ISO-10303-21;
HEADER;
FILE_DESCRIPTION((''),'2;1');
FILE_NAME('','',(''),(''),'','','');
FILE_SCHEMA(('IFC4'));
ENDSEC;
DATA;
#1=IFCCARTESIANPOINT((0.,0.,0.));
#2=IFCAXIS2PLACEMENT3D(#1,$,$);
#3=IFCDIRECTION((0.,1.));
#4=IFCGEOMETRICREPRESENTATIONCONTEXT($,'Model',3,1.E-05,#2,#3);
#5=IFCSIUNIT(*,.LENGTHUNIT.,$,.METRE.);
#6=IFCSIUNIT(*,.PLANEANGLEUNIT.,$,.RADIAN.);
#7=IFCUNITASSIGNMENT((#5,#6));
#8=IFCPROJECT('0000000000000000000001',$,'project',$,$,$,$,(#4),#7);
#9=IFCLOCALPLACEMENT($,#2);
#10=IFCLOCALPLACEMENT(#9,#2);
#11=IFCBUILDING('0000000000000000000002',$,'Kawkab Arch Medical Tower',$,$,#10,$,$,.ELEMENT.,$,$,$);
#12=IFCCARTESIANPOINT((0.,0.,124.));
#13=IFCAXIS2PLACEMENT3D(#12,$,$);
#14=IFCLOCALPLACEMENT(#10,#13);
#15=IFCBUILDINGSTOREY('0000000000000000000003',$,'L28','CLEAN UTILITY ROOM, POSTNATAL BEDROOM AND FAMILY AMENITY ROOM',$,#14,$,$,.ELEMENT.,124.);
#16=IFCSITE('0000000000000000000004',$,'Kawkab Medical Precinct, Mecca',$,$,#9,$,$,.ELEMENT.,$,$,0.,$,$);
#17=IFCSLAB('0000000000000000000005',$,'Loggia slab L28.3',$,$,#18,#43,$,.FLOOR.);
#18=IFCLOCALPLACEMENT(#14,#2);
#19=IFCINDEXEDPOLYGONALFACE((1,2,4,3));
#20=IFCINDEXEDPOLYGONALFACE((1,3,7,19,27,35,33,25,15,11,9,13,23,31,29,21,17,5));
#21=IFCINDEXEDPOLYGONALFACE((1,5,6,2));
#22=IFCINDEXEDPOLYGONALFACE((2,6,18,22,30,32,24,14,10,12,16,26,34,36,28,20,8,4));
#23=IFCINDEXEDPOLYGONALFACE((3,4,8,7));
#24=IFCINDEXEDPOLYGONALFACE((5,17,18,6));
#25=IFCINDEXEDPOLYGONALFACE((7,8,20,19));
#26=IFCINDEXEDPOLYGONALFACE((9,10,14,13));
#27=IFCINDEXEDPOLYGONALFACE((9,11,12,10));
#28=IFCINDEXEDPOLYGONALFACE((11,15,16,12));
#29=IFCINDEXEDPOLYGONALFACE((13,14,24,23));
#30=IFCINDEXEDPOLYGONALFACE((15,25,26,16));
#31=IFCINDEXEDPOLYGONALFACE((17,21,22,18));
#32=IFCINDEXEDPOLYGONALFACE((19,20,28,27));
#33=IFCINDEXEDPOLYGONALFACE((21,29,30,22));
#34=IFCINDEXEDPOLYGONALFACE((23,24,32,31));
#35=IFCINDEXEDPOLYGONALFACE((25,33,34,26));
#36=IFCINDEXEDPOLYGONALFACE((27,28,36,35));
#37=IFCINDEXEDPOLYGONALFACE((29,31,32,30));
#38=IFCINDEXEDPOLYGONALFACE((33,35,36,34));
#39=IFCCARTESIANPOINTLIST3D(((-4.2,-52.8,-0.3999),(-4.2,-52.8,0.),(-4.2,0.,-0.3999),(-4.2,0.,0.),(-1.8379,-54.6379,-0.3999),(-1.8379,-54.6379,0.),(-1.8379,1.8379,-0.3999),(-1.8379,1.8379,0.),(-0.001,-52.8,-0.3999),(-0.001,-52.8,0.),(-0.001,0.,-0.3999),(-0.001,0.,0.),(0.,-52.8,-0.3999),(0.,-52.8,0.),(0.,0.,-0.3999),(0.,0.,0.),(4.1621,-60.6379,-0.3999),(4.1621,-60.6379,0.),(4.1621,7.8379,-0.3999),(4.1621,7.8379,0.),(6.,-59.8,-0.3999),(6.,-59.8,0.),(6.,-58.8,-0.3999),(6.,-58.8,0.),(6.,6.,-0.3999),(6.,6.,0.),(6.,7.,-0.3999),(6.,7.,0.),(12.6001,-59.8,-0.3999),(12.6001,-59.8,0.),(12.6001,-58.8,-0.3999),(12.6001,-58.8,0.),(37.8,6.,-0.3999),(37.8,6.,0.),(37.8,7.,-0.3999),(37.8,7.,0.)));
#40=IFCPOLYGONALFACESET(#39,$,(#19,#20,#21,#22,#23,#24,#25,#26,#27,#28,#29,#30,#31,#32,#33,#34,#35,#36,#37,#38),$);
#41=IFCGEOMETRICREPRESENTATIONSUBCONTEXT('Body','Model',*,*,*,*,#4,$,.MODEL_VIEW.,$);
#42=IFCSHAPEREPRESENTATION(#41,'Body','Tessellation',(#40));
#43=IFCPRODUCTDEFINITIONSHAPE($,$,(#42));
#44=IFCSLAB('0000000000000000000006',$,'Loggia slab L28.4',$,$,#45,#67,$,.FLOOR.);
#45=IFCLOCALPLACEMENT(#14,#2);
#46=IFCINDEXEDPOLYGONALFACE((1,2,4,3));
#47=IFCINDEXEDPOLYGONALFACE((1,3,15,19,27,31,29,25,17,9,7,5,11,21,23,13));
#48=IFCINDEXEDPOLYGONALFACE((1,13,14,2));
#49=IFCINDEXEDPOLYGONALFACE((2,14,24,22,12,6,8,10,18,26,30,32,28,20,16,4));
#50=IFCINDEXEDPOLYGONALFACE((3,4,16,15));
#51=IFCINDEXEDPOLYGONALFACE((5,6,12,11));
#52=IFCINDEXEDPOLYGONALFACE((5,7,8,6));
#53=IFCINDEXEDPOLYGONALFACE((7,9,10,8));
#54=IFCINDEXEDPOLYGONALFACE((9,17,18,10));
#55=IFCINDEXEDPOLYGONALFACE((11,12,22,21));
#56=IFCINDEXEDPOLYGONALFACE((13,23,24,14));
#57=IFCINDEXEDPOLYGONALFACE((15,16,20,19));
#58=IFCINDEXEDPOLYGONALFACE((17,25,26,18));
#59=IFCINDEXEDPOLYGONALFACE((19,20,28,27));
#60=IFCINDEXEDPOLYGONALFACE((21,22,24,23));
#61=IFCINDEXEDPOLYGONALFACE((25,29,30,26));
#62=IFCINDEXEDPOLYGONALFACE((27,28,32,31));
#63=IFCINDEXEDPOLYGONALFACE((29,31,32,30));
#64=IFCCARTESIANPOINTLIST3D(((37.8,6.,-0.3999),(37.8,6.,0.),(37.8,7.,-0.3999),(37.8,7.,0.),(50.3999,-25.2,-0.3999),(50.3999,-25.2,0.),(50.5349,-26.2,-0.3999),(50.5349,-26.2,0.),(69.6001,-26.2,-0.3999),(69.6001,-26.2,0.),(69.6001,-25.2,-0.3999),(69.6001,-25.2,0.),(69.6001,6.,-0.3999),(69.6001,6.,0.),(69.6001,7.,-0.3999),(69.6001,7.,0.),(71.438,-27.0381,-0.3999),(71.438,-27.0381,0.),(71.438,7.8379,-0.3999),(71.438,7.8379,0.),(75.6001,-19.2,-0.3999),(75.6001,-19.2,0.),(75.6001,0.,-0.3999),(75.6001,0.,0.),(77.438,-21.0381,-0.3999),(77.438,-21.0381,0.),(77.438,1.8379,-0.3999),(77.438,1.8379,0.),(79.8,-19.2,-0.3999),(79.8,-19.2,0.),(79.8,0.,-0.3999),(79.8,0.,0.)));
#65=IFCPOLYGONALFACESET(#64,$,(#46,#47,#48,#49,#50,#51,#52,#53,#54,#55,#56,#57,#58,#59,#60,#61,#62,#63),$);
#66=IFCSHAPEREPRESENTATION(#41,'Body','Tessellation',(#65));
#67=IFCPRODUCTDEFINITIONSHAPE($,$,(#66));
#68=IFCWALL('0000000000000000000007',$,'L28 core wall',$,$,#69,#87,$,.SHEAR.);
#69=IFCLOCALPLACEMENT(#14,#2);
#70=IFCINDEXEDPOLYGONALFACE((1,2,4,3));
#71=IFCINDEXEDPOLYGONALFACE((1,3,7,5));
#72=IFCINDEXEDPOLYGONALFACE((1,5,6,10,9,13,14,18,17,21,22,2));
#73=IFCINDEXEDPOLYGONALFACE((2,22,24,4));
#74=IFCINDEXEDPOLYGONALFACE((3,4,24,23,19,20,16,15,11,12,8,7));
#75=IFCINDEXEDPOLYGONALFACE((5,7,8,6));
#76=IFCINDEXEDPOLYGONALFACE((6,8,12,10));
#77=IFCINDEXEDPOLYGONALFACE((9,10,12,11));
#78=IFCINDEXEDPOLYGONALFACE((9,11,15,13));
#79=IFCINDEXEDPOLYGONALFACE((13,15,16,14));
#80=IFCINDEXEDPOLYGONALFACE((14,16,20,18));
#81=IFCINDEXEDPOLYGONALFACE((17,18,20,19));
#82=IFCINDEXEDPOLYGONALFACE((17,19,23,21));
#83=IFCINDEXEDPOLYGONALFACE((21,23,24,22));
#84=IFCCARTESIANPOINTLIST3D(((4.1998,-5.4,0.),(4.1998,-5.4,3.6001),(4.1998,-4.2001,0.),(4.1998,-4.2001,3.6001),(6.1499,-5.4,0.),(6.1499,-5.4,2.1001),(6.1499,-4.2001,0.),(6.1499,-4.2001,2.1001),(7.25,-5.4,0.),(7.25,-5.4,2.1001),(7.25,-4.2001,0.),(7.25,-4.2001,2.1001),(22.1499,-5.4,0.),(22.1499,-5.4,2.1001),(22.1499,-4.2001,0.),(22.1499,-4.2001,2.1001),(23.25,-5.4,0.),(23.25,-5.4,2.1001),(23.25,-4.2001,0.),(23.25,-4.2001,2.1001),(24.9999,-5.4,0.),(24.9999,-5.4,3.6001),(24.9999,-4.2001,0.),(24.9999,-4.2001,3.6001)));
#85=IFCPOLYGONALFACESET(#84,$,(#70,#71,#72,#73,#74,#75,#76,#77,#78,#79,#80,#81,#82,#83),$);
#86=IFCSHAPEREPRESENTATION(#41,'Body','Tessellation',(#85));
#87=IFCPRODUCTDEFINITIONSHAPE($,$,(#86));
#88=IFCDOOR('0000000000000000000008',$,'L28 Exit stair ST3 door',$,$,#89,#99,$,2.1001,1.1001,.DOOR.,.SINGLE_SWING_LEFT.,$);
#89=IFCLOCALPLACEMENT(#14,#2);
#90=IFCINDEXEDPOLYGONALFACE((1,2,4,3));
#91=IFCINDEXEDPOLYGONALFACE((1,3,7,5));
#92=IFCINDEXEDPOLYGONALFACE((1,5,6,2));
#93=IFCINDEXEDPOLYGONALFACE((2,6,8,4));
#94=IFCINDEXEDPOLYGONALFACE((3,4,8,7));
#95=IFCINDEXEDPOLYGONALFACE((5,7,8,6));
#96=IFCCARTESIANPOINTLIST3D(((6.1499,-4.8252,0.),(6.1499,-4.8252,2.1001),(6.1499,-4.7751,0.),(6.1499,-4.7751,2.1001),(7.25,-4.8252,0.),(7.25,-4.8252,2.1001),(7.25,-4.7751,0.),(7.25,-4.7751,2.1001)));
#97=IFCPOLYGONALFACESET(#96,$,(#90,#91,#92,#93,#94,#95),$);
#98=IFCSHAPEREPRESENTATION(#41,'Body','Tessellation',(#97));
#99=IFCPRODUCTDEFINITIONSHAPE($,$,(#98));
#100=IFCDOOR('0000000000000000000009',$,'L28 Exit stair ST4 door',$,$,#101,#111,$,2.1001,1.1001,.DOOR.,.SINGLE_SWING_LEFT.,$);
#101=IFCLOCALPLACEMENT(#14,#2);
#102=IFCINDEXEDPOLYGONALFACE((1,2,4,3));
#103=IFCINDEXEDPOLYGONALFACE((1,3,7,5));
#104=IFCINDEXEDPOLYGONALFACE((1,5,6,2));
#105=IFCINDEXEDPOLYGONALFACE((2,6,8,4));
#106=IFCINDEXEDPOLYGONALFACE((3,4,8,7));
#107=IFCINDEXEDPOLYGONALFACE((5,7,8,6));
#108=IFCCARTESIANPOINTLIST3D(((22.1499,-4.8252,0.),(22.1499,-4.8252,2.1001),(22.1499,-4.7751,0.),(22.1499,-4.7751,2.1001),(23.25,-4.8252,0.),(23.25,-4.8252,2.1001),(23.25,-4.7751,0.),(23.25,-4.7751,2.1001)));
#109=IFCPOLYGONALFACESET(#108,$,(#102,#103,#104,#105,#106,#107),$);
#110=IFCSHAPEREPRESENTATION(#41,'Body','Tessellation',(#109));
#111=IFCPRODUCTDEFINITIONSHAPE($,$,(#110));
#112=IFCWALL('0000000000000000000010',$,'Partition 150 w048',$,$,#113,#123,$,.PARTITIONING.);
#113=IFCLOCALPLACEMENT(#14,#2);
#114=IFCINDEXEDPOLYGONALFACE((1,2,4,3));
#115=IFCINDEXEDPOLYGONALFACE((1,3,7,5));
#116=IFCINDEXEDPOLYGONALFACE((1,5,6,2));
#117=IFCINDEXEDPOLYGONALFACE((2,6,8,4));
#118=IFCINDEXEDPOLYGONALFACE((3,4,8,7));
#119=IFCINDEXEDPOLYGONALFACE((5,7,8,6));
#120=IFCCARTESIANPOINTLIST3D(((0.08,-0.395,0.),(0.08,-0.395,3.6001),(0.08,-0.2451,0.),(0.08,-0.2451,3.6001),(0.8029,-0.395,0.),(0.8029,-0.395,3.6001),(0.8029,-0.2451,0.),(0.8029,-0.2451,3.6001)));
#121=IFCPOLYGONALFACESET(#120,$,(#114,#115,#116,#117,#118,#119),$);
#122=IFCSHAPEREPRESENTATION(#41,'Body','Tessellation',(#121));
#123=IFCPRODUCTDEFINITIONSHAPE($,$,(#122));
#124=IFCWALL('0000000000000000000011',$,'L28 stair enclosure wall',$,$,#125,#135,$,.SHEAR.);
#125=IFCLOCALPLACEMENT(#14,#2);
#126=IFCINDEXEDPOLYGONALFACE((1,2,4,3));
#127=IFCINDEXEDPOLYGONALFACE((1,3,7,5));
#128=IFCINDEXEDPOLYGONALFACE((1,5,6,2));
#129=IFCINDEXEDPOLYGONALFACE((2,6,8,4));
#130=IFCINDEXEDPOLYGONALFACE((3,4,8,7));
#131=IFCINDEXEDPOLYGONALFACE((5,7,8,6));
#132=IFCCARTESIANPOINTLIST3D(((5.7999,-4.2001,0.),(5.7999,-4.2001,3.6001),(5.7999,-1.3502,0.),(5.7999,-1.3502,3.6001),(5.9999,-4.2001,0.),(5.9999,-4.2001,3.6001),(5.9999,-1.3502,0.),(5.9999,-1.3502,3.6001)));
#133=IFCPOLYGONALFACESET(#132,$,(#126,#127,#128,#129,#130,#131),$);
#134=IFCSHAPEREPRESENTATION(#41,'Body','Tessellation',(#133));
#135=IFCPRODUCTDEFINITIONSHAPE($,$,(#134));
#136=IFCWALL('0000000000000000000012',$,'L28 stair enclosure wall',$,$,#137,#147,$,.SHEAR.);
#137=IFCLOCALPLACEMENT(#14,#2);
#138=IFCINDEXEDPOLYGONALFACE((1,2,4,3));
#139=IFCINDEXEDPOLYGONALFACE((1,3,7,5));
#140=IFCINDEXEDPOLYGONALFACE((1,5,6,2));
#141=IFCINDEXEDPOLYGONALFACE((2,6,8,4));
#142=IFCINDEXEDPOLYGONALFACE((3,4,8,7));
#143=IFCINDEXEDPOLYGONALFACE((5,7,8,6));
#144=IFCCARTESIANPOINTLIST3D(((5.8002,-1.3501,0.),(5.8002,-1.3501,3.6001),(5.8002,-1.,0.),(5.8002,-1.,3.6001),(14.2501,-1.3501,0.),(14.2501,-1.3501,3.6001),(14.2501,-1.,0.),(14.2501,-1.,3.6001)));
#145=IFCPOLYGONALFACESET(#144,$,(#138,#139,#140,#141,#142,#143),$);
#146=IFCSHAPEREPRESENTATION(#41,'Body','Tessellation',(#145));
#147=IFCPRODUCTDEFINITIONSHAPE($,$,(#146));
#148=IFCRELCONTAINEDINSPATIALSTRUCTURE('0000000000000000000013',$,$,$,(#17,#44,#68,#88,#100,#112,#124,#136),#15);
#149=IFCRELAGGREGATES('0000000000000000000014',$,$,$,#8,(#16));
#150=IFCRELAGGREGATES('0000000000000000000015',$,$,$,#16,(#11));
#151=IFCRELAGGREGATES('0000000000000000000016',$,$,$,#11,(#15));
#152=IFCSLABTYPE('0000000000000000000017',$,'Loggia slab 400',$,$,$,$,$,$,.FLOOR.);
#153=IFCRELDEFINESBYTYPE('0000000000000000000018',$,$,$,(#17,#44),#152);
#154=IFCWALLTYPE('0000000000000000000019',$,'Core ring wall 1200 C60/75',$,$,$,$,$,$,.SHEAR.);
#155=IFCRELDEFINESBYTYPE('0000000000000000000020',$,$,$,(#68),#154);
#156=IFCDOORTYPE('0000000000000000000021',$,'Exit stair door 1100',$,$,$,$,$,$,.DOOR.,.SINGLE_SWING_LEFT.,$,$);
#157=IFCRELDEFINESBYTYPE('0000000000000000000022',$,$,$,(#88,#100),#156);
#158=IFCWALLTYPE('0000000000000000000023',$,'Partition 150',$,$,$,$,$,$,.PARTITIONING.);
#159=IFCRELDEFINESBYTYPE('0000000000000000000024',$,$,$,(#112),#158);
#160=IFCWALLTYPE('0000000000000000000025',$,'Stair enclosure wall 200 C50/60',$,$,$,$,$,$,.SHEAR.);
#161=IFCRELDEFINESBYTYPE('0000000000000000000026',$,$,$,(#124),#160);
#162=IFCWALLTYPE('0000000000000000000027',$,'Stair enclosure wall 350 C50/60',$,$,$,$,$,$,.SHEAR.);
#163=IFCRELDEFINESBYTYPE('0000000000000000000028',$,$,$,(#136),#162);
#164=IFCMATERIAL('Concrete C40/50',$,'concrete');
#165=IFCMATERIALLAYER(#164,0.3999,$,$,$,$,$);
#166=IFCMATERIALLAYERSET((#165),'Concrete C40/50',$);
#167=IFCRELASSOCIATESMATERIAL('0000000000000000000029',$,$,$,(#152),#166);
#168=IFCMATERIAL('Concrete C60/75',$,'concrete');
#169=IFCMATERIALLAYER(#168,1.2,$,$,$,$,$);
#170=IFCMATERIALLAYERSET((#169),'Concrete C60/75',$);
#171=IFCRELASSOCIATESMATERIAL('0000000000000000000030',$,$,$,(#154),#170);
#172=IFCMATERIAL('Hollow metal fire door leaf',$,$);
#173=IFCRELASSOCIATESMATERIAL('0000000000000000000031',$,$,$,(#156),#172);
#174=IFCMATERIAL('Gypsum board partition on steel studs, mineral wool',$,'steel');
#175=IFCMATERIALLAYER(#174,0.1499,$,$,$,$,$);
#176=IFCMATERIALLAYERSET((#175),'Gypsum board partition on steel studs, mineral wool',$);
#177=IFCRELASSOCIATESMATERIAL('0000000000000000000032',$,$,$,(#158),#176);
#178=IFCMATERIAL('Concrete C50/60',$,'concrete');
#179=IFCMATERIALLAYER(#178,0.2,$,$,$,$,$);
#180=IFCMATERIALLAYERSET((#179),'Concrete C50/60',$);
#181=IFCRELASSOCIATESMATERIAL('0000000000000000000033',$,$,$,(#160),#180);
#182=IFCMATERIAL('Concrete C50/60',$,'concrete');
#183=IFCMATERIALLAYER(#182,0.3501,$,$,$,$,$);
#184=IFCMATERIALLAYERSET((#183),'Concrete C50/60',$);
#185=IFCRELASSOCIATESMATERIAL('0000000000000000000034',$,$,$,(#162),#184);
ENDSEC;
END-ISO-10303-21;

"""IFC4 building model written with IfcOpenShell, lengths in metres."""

from ifc_helpers import new_model, si_unit, direction, frame, frame_2d, origin, place, context, subcontext, project, spatial, polyline, rectangle, outline, extrude, material, layer, layer_set, type_object, element, fill, save


model = new_model("IFC4")

# Units and contexts
model_context = context("Model", 3, precision=1e-05, world=origin(), true_north=direction((0.0, 1.0)))
body_context = subcontext(model_context, "Body", "Model", "MODEL_VIEW")
ifc_project = project(units=[si_unit("LENGTHUNIT", "METRE"), si_unit("PLANEANGLEUNIT", "RADIAN")], contexts=[model_context])

# Site, building, storey
site_placement = place(None, origin())
site = spatial("IfcSite", under=ifc_project, at=site_placement, Name="Kawkab Medical Precinct, Mecca", CompositionType="ELEMENT", RefElevation=0.0)
building_placement = place(site_placement, origin())
building = spatial("IfcBuilding", under=site, at=building_placement, Name="Kawkab Arch Medical Tower", CompositionType="ELEMENT")
storey_placement = place(building_placement, frame((0.0, 0.0, 124.0)))
storey = spatial("IfcBuildingStorey", under=building, at=storey_placement, Name="L28", Description="CLEAN UTILITY ROOM, POSTNATAL BEDROOM AND FAMILY AMENITY ROOM", CompositionType="ELEMENT", Elevation=124.0)

# Slabs
ifc_material_1 = material(Name="Concrete C40/50", Category="concrete")
ifc_layer_1 = layer(ifc_material_1, 0.3999)
ifc_layer_set_1 = layer_set([ifc_layer_1], Name="Concrete C40/50")
slab_type_1 = type_object("IfcSlabType", Name="Loggia slab 400", PredefinedType="FLOOR", material=ifc_layer_set_1)
placement_1 = place(storey_placement, frame((0.0, 0.0, -0.3999)))
element("IfcSlab", 1, at=placement_1, inside=storey, type_object=slab_type_1, Name="Loggia slab L28.3", PredefinedType="FLOOR", context=body_context, shape_type="SweptSolid", body=[
    extrude(outline(polyline([(-4.2, 0.0), (-1.8379, 1.8379), (4.1621, 7.8379), (6.0, 7.0), (37.8, 7.0), (37.8, 6.0), (6.0, 6.0), (0.0, 0.0), (-0.001, 0.0), (-0.001, -52.8), (0.0, -52.8), (6.0, -58.8), (12.6001, -58.8), (12.6001, -59.8), (6.0, -59.8), (4.1621, -60.6379), (-1.8379, -54.6379), (-4.2, -52.8), (-4.2, 0.0)])), origin(), (0.0, 0.0, 1.0), 0.3999),
])
element("IfcSlab", 2, at=placement_1, inside=storey, type_object=slab_type_1, Name="Loggia slab L28.4", PredefinedType="FLOOR", context=body_context, shape_type="SweptSolid", body=[
    extrude(outline(polyline([(37.8, 7.0), (69.6001, 7.0), (71.438, 7.8379), (77.438, 1.8379), (79.8, 0.0), (79.8, -19.2), (77.438, -21.0381), (71.438, -27.0381), (69.6001, -26.2), (50.5349, -26.2), (50.3999, -25.2), (69.6001, -25.2), (75.6001, -19.2), (75.6001, 0.0), (69.6001, 6.0), (37.8, 6.0), (37.8, 7.0)])), origin(), (0.0, 0.0, 1.0), 0.3999),
])

# Wall, openings, doors
ifc_material_2 = material(Name="Concrete C60/75", Category="concrete")
ifc_layer_2 = layer(ifc_material_2, 1.2)
ifc_layer_set_2 = layer_set([ifc_layer_2], Name="Concrete C60/75")
wall_type_1 = type_object("IfcWallType", Name="Core ring wall 1200 C60/75", PredefinedType="SHEAR", material=ifc_layer_set_2)
wall_1_placement = place(storey_placement, frame((4.2, -4.8, 0.0), z_axis=(0.0, 0.0, 1.0), x_axis=(1.0, 0.0, 0.0)))
wall_1 = element("IfcWall", 3, at=wall_1_placement, inside=storey, type_object=wall_type_1, Name="L28 core wall", PredefinedType="SHEAR", context=body_context, shape_type="SweptSolid", body=[
    extrude(rectangle(XDim=20.8, YDim=1.2, at=frame_2d((10.3999, 0.0))), origin(), (0.0, 0.0, 1.0), 3.6001),
])
opening_1_placement = place(wall_1_placement, frame((1.95, 0.0, 0.0)))
opening_1 = element("IfcOpeningElement", 4, at=opening_1_placement, cuts=wall_1, PredefinedType="OPENING", context=body_context, shape_type="SweptSolid", body=[
    extrude(rectangle(XDim=1.1001, YDim=2.1001, at=frame_2d((0.55, 1.05))), frame((0.0, 0.6099, 0.0), z_axis=(0.0, -1.0, 0.0), x_axis=(1.0, 0.0, 0.0)), (0.0, 0.0, 1.0), 1.22),
])
opening_2_placement = place(wall_1_placement, frame((17.95, 0.0, 0.0)))
opening_2 = element("IfcOpeningElement", 5, at=opening_2_placement, cuts=wall_1, PredefinedType="OPENING", context=body_context, shape_type="SweptSolid", body=[
    extrude(rectangle(XDim=1.1001, YDim=2.1001, at=frame_2d((0.55, 1.05))), frame((0.0, 0.6099, 0.0), z_axis=(0.0, -1.0, 0.0), x_axis=(1.0, 0.0, 0.0)), (0.0, 0.0, 1.0), 1.22),
])
ifc_material_3 = material(Name="Hollow metal fire door leaf")
door_type = type_object("IfcDoorType", Name="Exit stair door 1100", OperationType="SINGLE_SWING_LEFT", PredefinedType="DOOR", material=ifc_material_3)
door_1_placement = place(opening_1_placement, origin())
door_1 = element("IfcDoor", 6, at=door_1_placement, inside=storey, type_object=door_type, Name="L28 Exit stair ST3 door", OperationType="SINGLE_SWING_LEFT", OverallHeight=2.1001, OverallWidth=1.1001, PredefinedType="DOOR", context=body_context, shape_type="SweptSolid", body=[
    extrude(rectangle(XDim=1.1001, YDim=2.1001, at=frame_2d((0.55, 1.05))), frame((0.0, 0.0249, 0.0), z_axis=(0.0, -1.0, 0.0), x_axis=(1.0, 0.0, 0.0)), (0.0, 0.0, 1.0), 0.05),
])
fill(opening_1, door_1)
door_2_placement = place(opening_2_placement, origin())
door_2 = element("IfcDoor", 7, at=door_2_placement, inside=storey, type_object=door_type, Name="L28 Exit stair ST4 door", OperationType="SINGLE_SWING_LEFT", OverallHeight=2.1001, OverallWidth=1.1001, PredefinedType="DOOR", context=body_context, shape_type="SweptSolid", body=[
    extrude(rectangle(XDim=1.1001, YDim=2.1001, at=frame_2d((0.55, 1.05))), frame((0.0, 0.0249, 0.0), z_axis=(0.0, -1.0, 0.0), x_axis=(1.0, 0.0, 0.0)), (0.0, 0.0, 1.0), 0.05),
])
fill(opening_2, door_2)

# Walls
ifc_material_4 = material(Name="Gypsum board partition on steel studs, mineral wool", Category="steel")
ifc_layer_3 = layer(ifc_material_4, 0.1499)
ifc_layer_set_3 = layer_set([ifc_layer_3], Name="Gypsum board partition on steel studs, mineral wool")
wall_type_2 = type_object("IfcWallType", Name="Partition 150", PredefinedType="PARTITIONING", material=ifc_layer_set_3)
wall_2_placement = place(storey_placement, frame((0.0801, -0.3201, 0.0), z_axis=(0.0, 0.0, 1.0), x_axis=(1.0, 0.0, 0.0)))
element("IfcWall", 8, at=wall_2_placement, inside=storey, type_object=wall_type_2, Name="Partition 150 w048", PredefinedType="PARTITIONING", context=body_context, shape_type="SweptSolid", body=[
    extrude(rectangle(XDim=0.7229, YDim=0.1499, at=frame_2d((0.3613, 0.0))), origin(), (0.0, 0.0, 1.0), 3.6001),
])
ifc_material_5 = material(Name="Concrete C50/60", Category="concrete")
ifc_layer_4 = layer(ifc_material_5, 0.2)
ifc_layer_set_4 = layer_set([ifc_layer_4], Name="Concrete C50/60")
wall_type_3 = type_object("IfcWallType", Name="Stair enclosure wall 200 C50/60", PredefinedType="SHEAR", material=ifc_layer_set_4)
wall_3_placement = place(storey_placement, frame((5.8999, -4.2, 0.0), z_axis=(0.0, 0.0, 1.0), x_axis=(0.0, 1.0, 0.0)))
element("IfcWall", 9, at=wall_3_placement, inside=storey, type_object=wall_type_3, Name="L28 stair enclosure wall", PredefinedType="SHEAR", context=body_context, shape_type="SweptSolid", body=[
    extrude(rectangle(XDim=2.8499, YDim=0.2, at=frame_2d((1.4248, 0.0))), origin(), (0.0, 0.0, 1.0), 3.6001),
])
ifc_material_6 = material(Name="Concrete C50/60", Category="concrete")
ifc_layer_5 = layer(ifc_material_6, 0.3501)
ifc_layer_set_5 = layer_set([ifc_layer_5], Name="Concrete C50/60")
wall_type_4 = type_object("IfcWallType", Name="Stair enclosure wall 350 C50/60", PredefinedType="SHEAR", material=ifc_layer_set_5)
wall_4_placement = place(storey_placement, frame((5.8, -1.175, 0.0), z_axis=(0.0, 0.0, 1.0), x_axis=(1.0, 0.0, 0.0)))
element("IfcWall", 10, at=wall_4_placement, inside=storey, type_object=wall_type_4, Name="L28 stair enclosure wall", PredefinedType="SHEAR", context=body_context, shape_type="SweptSolid", body=[
    extrude(rectangle(XDim=8.45, YDim=0.3501, at=frame_2d((4.2251, 0.0))), origin(), (0.0, 0.0, 1.0), 3.6001),
])

save(model, "model.ifc")
